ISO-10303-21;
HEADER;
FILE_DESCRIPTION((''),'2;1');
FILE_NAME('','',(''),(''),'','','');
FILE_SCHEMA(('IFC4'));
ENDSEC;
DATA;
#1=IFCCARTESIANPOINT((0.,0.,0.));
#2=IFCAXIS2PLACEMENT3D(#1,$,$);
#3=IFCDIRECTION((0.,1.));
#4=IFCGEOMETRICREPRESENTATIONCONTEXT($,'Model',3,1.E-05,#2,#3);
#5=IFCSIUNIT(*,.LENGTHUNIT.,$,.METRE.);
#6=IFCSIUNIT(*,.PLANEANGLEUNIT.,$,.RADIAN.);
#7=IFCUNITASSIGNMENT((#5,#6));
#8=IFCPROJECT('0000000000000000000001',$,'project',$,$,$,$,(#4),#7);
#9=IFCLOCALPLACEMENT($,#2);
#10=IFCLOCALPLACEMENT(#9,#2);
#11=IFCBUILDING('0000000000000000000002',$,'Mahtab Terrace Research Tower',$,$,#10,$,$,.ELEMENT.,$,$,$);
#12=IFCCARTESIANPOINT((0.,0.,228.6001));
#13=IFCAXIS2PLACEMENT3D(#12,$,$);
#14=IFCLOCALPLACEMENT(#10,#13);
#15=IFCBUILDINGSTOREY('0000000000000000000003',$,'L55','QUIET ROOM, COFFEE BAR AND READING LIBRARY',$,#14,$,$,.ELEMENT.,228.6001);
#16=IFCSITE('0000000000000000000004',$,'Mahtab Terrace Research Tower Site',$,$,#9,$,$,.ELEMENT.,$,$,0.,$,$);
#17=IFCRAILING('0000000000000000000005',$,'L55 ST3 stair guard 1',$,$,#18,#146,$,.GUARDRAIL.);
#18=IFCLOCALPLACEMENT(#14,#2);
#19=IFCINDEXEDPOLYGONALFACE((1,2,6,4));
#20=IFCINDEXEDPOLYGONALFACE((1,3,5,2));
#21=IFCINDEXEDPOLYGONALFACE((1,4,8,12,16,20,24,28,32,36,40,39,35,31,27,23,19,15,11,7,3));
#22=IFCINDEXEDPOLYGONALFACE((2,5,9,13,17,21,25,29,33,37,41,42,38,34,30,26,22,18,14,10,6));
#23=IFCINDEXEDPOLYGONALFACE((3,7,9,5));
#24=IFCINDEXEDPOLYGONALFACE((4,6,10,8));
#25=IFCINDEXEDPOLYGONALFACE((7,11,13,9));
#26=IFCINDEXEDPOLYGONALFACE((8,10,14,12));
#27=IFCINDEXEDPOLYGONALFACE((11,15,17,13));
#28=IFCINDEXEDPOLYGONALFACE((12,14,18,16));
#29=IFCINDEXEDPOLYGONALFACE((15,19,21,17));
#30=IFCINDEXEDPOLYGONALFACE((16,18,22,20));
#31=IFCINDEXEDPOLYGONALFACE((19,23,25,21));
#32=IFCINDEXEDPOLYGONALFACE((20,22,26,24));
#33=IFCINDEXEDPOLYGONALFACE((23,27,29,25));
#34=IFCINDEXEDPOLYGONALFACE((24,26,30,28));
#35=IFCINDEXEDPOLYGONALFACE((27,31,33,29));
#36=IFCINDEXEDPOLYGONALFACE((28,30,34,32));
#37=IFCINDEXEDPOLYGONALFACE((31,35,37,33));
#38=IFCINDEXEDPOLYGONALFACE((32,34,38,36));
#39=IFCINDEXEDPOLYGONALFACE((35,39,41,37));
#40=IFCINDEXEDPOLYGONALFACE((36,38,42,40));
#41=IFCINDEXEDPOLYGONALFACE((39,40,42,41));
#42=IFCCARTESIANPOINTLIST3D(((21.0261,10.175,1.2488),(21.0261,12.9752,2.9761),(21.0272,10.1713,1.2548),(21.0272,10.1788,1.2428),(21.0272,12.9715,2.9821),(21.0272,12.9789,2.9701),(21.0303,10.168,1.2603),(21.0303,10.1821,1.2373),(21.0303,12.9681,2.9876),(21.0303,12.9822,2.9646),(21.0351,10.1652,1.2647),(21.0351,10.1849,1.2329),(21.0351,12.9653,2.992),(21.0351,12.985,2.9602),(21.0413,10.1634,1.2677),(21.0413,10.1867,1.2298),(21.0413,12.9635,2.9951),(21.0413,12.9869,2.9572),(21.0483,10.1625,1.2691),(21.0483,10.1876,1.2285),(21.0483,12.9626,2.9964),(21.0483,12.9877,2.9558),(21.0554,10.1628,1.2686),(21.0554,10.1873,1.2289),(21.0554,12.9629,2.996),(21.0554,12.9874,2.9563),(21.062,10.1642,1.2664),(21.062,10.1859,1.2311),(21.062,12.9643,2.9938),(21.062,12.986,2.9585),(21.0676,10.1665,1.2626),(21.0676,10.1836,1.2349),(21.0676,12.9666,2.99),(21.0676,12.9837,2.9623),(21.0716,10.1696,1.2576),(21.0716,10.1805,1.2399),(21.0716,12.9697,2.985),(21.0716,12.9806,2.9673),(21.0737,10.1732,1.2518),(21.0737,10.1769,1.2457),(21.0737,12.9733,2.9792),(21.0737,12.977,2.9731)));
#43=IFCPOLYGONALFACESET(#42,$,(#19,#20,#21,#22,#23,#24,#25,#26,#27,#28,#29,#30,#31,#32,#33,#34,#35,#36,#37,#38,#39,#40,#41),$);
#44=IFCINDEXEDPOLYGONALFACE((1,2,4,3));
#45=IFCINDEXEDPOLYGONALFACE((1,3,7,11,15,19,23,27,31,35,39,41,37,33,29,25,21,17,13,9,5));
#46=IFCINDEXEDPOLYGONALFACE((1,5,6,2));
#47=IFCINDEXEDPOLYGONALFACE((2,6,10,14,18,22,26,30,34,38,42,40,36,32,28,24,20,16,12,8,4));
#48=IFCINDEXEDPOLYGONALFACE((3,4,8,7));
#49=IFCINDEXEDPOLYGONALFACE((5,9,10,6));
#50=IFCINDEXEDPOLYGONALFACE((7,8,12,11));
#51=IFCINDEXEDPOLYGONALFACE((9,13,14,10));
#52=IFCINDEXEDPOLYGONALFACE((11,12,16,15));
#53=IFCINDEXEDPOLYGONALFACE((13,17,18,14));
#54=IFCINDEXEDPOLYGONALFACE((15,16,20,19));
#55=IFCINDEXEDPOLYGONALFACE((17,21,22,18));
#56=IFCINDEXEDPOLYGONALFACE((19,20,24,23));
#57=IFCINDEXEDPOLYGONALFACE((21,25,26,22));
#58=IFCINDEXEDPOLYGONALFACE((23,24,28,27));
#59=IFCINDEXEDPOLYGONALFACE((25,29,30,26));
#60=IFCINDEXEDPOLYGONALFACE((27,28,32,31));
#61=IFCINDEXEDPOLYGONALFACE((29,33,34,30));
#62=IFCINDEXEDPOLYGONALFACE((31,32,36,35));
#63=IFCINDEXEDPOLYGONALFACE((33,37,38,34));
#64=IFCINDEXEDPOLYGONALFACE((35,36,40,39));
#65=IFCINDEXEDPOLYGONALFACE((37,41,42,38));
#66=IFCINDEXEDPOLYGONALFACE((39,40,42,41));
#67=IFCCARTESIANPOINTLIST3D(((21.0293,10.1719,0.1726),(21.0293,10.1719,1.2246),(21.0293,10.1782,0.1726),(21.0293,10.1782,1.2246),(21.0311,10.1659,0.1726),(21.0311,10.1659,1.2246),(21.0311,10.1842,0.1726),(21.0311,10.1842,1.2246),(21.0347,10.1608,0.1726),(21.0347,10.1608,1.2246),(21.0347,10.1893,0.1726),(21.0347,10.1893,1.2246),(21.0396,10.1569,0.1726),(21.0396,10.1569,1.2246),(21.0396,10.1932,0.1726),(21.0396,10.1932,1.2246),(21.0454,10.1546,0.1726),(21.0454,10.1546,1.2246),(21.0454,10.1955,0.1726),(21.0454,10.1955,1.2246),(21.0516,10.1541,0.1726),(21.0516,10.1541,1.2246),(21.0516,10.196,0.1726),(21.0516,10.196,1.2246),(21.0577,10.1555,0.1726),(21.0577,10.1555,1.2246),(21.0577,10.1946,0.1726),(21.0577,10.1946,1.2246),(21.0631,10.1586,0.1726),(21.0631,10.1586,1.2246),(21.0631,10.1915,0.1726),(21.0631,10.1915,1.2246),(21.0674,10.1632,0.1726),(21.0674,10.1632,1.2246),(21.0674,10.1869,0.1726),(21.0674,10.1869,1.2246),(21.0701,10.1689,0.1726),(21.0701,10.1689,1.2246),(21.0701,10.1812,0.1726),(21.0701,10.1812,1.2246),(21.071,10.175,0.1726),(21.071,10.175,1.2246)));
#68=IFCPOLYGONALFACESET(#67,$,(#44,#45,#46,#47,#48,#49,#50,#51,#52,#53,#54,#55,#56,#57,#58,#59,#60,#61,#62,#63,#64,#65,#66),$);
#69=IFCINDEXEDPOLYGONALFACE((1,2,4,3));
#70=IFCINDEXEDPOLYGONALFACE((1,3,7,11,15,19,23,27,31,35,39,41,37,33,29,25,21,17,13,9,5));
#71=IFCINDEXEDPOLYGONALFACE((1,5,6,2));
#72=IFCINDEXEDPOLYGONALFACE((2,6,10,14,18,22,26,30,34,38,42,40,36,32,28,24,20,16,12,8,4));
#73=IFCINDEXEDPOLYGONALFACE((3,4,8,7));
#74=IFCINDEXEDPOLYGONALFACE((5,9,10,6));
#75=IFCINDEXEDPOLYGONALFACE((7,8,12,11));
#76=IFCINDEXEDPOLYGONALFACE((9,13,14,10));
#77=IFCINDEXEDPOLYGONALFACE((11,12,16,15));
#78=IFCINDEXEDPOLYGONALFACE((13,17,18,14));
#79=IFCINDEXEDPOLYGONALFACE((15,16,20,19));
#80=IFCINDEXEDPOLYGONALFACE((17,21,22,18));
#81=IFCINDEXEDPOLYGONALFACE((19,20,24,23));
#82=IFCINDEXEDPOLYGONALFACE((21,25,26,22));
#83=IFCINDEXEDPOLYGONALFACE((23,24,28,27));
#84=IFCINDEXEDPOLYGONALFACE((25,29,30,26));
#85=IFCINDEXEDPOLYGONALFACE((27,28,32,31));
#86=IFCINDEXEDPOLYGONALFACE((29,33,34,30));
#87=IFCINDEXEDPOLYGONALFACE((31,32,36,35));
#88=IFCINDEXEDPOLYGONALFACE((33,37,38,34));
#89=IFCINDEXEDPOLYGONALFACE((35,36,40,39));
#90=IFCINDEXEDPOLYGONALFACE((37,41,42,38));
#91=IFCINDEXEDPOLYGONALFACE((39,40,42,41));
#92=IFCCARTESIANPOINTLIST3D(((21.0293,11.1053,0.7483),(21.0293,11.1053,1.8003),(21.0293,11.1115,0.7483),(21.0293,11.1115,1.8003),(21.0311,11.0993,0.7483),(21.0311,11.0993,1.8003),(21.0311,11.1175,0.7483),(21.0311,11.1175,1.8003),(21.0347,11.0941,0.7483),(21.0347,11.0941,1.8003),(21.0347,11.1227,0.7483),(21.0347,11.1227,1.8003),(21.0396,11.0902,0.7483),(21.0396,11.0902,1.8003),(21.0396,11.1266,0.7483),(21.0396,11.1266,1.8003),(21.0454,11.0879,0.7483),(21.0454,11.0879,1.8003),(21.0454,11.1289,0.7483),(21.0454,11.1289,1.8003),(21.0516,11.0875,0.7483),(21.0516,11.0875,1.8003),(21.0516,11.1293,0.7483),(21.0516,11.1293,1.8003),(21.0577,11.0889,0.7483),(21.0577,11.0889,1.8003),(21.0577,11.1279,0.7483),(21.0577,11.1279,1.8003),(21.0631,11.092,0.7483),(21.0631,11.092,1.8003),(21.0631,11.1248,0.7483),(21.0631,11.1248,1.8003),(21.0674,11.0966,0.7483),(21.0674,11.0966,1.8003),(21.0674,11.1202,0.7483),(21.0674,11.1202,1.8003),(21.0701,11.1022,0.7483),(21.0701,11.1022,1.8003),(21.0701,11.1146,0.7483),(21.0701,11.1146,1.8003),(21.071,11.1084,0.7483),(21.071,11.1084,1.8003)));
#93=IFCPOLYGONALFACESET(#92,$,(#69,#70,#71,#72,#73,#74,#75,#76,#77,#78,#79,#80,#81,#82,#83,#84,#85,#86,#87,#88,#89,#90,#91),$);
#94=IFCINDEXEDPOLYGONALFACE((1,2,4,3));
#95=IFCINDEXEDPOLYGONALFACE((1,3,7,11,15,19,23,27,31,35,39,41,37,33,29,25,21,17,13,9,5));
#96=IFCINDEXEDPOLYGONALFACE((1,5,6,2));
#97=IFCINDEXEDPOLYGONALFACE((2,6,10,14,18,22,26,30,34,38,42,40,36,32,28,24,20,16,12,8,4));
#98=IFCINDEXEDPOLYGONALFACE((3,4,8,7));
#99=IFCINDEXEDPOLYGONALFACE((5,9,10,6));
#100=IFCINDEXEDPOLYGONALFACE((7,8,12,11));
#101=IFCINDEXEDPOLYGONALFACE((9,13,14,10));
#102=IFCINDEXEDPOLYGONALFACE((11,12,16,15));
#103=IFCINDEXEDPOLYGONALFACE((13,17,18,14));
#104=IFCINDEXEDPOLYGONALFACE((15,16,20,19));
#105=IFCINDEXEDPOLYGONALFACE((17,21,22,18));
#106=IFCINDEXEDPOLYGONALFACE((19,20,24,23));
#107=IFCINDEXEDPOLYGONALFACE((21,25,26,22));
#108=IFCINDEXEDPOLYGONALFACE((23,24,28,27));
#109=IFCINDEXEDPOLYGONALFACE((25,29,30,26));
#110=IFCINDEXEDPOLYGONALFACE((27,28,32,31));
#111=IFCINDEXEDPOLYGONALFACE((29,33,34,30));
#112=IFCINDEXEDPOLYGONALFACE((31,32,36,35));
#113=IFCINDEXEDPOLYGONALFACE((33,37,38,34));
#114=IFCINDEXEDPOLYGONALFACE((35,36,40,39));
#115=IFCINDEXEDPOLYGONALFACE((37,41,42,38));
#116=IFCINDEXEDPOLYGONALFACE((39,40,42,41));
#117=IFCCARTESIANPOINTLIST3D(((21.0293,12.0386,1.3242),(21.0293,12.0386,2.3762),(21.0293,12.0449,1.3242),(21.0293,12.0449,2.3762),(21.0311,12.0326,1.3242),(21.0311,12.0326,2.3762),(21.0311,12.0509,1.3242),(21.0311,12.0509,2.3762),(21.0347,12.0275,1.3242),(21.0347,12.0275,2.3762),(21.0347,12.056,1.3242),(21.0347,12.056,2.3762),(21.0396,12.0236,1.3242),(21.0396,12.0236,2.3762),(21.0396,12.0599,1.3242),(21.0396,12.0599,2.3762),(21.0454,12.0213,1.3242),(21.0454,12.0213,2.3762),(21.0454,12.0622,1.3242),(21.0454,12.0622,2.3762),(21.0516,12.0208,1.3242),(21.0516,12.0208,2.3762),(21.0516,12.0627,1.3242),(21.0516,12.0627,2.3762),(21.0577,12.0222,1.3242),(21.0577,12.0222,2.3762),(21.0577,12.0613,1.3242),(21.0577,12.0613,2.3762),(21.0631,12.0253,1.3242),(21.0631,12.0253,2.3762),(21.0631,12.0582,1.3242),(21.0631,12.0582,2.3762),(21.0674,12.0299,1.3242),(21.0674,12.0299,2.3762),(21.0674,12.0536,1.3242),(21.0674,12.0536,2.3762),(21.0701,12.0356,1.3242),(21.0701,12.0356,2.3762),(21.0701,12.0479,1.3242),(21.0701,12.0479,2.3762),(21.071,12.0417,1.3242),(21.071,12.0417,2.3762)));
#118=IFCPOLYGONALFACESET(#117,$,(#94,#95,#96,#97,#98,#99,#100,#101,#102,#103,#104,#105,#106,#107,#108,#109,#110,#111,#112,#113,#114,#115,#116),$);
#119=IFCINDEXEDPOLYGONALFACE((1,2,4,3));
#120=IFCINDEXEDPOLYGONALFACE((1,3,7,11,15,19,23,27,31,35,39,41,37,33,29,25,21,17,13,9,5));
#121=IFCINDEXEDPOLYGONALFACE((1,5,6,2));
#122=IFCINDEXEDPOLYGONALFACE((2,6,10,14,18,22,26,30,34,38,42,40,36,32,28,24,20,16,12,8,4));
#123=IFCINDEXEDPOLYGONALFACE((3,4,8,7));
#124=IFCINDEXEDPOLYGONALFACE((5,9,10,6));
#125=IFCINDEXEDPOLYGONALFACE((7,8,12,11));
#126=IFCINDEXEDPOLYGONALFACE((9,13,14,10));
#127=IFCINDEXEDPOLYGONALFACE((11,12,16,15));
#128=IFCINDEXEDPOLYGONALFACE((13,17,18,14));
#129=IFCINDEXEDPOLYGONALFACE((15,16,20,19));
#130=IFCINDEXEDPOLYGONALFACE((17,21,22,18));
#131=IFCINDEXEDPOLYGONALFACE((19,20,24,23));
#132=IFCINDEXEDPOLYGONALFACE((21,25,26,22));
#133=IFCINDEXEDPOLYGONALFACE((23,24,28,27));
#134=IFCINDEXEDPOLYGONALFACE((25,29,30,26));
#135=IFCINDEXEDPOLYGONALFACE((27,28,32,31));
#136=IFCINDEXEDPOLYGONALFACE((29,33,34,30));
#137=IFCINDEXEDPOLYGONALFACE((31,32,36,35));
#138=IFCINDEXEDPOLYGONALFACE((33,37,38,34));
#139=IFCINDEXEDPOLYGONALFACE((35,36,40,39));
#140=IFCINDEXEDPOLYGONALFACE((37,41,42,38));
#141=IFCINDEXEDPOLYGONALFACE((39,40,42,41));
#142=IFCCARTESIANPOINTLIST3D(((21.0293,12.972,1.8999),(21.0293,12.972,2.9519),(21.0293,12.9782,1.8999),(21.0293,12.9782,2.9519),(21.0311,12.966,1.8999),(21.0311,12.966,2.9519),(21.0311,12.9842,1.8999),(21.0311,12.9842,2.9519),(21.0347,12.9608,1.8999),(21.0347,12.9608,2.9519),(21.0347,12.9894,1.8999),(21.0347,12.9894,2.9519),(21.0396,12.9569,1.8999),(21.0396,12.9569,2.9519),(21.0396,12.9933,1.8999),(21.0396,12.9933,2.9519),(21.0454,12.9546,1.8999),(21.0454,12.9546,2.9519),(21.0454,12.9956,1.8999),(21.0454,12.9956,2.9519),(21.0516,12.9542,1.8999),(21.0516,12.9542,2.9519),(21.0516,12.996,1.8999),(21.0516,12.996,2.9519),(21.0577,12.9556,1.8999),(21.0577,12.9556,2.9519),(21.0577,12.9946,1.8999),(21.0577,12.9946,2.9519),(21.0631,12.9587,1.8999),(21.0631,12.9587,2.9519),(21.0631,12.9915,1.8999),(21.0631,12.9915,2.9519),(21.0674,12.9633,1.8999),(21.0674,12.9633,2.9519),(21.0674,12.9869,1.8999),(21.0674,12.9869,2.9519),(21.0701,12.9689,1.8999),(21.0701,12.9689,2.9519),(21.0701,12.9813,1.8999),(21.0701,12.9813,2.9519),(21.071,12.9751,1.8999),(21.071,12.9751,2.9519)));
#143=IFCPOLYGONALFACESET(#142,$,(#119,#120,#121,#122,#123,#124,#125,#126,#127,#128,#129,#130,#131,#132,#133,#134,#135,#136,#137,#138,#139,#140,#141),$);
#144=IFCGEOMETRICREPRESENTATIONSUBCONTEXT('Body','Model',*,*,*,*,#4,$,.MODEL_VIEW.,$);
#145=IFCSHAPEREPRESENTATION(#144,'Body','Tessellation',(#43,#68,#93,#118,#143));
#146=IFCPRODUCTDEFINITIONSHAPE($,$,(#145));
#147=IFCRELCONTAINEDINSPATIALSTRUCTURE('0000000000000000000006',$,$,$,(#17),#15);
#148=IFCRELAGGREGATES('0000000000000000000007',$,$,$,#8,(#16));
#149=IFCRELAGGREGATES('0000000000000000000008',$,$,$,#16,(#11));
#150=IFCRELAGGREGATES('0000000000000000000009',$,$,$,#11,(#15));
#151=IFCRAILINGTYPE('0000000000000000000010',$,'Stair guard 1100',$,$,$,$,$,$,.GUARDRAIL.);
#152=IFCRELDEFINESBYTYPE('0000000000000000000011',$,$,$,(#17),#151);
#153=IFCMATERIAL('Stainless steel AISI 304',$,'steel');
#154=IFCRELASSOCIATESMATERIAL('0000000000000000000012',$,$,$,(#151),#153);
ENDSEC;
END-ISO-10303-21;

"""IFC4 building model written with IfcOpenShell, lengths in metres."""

from ifc_helpers import new_model, si_unit, direction, frame, origin, origin_2d, place, context, subcontext, project, spatial, circle, extrude, material, type_object, element, save


model = new_model("IFC4")

# Units and contexts
model_context = context("Model", 3, precision=1e-05, world=origin(), true_north=direction((0.0, 1.0)))
body_context = subcontext(model_context, "Body", "Model", "MODEL_VIEW")
ifc_project = project(units=[si_unit("LENGTHUNIT", "METRE"), si_unit("PLANEANGLEUNIT", "RADIAN")], contexts=[model_context])

# Site, building, storey
site_placement = place(None, origin())
site = spatial("IfcSite", under=ifc_project, at=site_placement, Name="Mahtab Terrace Research Tower Site", CompositionType="ELEMENT", RefElevation=0.0)
building_placement = place(site_placement, origin())
building = spatial("IfcBuilding", under=site, at=building_placement, Name="Mahtab Terrace Research Tower", CompositionType="ELEMENT")
storey_placement = place(building_placement, frame((0.0, 0.0, 228.6001)))
storey = spatial("IfcBuildingStorey", under=building, at=storey_placement, Name="L55", Description="QUIET ROOM, COFFEE BAR AND READING LIBRARY", CompositionType="ELEMENT", Elevation=228.6001)

# Shared definitions
ifc_material_1 = material(Name="Stainless steel AISI 304", Category="steel")

# Railing
railing_type_1 = type_object("IfcRailingType", Name="Stair guard 1100", PredefinedType="GUARDRAIL", material=ifc_material_1)
railing_1_placement = place(storey_placement, frame((21.05, 10.175, 0.1726)))
element("IfcRailing", 1, at=railing_1_placement, inside=storey, type_object=railing_type_1, Name="L55 ST3 stair guard 1", PredefinedType="GUARDRAIL", context=body_context, shape_type="SweptSolid", body=[
    extrude(circle(Radius=0.0239, at=origin_2d()), frame((0.0, 0.0, 1.0762), z_axis=(0.0, 0.85109, 0.52502), x_axis=(-1.0, 0.0, 0.0)), (0.0, 0.0, 1.0), 3.29),
    extrude(circle(Radius=0.021, at=origin_2d()), origin(), (0.0, 0.0, 1.0), 1.052),
    extrude(circle(Radius=0.021, at=origin_2d()), frame((0.0, 0.9333, 0.5757)), (0.0, 0.0, 1.0), 1.052),
    extrude(circle(Radius=0.021, at=origin_2d()), frame((0.0, 1.8667, 1.1516)), (0.0, 0.0, 1.0), 1.052),
    extrude(circle(Radius=0.021, at=origin_2d()), frame((0.0, 2.8, 1.7273)), (0.0, 0.0, 1.0), 1.052),
])

save(model, "model.ifc")
